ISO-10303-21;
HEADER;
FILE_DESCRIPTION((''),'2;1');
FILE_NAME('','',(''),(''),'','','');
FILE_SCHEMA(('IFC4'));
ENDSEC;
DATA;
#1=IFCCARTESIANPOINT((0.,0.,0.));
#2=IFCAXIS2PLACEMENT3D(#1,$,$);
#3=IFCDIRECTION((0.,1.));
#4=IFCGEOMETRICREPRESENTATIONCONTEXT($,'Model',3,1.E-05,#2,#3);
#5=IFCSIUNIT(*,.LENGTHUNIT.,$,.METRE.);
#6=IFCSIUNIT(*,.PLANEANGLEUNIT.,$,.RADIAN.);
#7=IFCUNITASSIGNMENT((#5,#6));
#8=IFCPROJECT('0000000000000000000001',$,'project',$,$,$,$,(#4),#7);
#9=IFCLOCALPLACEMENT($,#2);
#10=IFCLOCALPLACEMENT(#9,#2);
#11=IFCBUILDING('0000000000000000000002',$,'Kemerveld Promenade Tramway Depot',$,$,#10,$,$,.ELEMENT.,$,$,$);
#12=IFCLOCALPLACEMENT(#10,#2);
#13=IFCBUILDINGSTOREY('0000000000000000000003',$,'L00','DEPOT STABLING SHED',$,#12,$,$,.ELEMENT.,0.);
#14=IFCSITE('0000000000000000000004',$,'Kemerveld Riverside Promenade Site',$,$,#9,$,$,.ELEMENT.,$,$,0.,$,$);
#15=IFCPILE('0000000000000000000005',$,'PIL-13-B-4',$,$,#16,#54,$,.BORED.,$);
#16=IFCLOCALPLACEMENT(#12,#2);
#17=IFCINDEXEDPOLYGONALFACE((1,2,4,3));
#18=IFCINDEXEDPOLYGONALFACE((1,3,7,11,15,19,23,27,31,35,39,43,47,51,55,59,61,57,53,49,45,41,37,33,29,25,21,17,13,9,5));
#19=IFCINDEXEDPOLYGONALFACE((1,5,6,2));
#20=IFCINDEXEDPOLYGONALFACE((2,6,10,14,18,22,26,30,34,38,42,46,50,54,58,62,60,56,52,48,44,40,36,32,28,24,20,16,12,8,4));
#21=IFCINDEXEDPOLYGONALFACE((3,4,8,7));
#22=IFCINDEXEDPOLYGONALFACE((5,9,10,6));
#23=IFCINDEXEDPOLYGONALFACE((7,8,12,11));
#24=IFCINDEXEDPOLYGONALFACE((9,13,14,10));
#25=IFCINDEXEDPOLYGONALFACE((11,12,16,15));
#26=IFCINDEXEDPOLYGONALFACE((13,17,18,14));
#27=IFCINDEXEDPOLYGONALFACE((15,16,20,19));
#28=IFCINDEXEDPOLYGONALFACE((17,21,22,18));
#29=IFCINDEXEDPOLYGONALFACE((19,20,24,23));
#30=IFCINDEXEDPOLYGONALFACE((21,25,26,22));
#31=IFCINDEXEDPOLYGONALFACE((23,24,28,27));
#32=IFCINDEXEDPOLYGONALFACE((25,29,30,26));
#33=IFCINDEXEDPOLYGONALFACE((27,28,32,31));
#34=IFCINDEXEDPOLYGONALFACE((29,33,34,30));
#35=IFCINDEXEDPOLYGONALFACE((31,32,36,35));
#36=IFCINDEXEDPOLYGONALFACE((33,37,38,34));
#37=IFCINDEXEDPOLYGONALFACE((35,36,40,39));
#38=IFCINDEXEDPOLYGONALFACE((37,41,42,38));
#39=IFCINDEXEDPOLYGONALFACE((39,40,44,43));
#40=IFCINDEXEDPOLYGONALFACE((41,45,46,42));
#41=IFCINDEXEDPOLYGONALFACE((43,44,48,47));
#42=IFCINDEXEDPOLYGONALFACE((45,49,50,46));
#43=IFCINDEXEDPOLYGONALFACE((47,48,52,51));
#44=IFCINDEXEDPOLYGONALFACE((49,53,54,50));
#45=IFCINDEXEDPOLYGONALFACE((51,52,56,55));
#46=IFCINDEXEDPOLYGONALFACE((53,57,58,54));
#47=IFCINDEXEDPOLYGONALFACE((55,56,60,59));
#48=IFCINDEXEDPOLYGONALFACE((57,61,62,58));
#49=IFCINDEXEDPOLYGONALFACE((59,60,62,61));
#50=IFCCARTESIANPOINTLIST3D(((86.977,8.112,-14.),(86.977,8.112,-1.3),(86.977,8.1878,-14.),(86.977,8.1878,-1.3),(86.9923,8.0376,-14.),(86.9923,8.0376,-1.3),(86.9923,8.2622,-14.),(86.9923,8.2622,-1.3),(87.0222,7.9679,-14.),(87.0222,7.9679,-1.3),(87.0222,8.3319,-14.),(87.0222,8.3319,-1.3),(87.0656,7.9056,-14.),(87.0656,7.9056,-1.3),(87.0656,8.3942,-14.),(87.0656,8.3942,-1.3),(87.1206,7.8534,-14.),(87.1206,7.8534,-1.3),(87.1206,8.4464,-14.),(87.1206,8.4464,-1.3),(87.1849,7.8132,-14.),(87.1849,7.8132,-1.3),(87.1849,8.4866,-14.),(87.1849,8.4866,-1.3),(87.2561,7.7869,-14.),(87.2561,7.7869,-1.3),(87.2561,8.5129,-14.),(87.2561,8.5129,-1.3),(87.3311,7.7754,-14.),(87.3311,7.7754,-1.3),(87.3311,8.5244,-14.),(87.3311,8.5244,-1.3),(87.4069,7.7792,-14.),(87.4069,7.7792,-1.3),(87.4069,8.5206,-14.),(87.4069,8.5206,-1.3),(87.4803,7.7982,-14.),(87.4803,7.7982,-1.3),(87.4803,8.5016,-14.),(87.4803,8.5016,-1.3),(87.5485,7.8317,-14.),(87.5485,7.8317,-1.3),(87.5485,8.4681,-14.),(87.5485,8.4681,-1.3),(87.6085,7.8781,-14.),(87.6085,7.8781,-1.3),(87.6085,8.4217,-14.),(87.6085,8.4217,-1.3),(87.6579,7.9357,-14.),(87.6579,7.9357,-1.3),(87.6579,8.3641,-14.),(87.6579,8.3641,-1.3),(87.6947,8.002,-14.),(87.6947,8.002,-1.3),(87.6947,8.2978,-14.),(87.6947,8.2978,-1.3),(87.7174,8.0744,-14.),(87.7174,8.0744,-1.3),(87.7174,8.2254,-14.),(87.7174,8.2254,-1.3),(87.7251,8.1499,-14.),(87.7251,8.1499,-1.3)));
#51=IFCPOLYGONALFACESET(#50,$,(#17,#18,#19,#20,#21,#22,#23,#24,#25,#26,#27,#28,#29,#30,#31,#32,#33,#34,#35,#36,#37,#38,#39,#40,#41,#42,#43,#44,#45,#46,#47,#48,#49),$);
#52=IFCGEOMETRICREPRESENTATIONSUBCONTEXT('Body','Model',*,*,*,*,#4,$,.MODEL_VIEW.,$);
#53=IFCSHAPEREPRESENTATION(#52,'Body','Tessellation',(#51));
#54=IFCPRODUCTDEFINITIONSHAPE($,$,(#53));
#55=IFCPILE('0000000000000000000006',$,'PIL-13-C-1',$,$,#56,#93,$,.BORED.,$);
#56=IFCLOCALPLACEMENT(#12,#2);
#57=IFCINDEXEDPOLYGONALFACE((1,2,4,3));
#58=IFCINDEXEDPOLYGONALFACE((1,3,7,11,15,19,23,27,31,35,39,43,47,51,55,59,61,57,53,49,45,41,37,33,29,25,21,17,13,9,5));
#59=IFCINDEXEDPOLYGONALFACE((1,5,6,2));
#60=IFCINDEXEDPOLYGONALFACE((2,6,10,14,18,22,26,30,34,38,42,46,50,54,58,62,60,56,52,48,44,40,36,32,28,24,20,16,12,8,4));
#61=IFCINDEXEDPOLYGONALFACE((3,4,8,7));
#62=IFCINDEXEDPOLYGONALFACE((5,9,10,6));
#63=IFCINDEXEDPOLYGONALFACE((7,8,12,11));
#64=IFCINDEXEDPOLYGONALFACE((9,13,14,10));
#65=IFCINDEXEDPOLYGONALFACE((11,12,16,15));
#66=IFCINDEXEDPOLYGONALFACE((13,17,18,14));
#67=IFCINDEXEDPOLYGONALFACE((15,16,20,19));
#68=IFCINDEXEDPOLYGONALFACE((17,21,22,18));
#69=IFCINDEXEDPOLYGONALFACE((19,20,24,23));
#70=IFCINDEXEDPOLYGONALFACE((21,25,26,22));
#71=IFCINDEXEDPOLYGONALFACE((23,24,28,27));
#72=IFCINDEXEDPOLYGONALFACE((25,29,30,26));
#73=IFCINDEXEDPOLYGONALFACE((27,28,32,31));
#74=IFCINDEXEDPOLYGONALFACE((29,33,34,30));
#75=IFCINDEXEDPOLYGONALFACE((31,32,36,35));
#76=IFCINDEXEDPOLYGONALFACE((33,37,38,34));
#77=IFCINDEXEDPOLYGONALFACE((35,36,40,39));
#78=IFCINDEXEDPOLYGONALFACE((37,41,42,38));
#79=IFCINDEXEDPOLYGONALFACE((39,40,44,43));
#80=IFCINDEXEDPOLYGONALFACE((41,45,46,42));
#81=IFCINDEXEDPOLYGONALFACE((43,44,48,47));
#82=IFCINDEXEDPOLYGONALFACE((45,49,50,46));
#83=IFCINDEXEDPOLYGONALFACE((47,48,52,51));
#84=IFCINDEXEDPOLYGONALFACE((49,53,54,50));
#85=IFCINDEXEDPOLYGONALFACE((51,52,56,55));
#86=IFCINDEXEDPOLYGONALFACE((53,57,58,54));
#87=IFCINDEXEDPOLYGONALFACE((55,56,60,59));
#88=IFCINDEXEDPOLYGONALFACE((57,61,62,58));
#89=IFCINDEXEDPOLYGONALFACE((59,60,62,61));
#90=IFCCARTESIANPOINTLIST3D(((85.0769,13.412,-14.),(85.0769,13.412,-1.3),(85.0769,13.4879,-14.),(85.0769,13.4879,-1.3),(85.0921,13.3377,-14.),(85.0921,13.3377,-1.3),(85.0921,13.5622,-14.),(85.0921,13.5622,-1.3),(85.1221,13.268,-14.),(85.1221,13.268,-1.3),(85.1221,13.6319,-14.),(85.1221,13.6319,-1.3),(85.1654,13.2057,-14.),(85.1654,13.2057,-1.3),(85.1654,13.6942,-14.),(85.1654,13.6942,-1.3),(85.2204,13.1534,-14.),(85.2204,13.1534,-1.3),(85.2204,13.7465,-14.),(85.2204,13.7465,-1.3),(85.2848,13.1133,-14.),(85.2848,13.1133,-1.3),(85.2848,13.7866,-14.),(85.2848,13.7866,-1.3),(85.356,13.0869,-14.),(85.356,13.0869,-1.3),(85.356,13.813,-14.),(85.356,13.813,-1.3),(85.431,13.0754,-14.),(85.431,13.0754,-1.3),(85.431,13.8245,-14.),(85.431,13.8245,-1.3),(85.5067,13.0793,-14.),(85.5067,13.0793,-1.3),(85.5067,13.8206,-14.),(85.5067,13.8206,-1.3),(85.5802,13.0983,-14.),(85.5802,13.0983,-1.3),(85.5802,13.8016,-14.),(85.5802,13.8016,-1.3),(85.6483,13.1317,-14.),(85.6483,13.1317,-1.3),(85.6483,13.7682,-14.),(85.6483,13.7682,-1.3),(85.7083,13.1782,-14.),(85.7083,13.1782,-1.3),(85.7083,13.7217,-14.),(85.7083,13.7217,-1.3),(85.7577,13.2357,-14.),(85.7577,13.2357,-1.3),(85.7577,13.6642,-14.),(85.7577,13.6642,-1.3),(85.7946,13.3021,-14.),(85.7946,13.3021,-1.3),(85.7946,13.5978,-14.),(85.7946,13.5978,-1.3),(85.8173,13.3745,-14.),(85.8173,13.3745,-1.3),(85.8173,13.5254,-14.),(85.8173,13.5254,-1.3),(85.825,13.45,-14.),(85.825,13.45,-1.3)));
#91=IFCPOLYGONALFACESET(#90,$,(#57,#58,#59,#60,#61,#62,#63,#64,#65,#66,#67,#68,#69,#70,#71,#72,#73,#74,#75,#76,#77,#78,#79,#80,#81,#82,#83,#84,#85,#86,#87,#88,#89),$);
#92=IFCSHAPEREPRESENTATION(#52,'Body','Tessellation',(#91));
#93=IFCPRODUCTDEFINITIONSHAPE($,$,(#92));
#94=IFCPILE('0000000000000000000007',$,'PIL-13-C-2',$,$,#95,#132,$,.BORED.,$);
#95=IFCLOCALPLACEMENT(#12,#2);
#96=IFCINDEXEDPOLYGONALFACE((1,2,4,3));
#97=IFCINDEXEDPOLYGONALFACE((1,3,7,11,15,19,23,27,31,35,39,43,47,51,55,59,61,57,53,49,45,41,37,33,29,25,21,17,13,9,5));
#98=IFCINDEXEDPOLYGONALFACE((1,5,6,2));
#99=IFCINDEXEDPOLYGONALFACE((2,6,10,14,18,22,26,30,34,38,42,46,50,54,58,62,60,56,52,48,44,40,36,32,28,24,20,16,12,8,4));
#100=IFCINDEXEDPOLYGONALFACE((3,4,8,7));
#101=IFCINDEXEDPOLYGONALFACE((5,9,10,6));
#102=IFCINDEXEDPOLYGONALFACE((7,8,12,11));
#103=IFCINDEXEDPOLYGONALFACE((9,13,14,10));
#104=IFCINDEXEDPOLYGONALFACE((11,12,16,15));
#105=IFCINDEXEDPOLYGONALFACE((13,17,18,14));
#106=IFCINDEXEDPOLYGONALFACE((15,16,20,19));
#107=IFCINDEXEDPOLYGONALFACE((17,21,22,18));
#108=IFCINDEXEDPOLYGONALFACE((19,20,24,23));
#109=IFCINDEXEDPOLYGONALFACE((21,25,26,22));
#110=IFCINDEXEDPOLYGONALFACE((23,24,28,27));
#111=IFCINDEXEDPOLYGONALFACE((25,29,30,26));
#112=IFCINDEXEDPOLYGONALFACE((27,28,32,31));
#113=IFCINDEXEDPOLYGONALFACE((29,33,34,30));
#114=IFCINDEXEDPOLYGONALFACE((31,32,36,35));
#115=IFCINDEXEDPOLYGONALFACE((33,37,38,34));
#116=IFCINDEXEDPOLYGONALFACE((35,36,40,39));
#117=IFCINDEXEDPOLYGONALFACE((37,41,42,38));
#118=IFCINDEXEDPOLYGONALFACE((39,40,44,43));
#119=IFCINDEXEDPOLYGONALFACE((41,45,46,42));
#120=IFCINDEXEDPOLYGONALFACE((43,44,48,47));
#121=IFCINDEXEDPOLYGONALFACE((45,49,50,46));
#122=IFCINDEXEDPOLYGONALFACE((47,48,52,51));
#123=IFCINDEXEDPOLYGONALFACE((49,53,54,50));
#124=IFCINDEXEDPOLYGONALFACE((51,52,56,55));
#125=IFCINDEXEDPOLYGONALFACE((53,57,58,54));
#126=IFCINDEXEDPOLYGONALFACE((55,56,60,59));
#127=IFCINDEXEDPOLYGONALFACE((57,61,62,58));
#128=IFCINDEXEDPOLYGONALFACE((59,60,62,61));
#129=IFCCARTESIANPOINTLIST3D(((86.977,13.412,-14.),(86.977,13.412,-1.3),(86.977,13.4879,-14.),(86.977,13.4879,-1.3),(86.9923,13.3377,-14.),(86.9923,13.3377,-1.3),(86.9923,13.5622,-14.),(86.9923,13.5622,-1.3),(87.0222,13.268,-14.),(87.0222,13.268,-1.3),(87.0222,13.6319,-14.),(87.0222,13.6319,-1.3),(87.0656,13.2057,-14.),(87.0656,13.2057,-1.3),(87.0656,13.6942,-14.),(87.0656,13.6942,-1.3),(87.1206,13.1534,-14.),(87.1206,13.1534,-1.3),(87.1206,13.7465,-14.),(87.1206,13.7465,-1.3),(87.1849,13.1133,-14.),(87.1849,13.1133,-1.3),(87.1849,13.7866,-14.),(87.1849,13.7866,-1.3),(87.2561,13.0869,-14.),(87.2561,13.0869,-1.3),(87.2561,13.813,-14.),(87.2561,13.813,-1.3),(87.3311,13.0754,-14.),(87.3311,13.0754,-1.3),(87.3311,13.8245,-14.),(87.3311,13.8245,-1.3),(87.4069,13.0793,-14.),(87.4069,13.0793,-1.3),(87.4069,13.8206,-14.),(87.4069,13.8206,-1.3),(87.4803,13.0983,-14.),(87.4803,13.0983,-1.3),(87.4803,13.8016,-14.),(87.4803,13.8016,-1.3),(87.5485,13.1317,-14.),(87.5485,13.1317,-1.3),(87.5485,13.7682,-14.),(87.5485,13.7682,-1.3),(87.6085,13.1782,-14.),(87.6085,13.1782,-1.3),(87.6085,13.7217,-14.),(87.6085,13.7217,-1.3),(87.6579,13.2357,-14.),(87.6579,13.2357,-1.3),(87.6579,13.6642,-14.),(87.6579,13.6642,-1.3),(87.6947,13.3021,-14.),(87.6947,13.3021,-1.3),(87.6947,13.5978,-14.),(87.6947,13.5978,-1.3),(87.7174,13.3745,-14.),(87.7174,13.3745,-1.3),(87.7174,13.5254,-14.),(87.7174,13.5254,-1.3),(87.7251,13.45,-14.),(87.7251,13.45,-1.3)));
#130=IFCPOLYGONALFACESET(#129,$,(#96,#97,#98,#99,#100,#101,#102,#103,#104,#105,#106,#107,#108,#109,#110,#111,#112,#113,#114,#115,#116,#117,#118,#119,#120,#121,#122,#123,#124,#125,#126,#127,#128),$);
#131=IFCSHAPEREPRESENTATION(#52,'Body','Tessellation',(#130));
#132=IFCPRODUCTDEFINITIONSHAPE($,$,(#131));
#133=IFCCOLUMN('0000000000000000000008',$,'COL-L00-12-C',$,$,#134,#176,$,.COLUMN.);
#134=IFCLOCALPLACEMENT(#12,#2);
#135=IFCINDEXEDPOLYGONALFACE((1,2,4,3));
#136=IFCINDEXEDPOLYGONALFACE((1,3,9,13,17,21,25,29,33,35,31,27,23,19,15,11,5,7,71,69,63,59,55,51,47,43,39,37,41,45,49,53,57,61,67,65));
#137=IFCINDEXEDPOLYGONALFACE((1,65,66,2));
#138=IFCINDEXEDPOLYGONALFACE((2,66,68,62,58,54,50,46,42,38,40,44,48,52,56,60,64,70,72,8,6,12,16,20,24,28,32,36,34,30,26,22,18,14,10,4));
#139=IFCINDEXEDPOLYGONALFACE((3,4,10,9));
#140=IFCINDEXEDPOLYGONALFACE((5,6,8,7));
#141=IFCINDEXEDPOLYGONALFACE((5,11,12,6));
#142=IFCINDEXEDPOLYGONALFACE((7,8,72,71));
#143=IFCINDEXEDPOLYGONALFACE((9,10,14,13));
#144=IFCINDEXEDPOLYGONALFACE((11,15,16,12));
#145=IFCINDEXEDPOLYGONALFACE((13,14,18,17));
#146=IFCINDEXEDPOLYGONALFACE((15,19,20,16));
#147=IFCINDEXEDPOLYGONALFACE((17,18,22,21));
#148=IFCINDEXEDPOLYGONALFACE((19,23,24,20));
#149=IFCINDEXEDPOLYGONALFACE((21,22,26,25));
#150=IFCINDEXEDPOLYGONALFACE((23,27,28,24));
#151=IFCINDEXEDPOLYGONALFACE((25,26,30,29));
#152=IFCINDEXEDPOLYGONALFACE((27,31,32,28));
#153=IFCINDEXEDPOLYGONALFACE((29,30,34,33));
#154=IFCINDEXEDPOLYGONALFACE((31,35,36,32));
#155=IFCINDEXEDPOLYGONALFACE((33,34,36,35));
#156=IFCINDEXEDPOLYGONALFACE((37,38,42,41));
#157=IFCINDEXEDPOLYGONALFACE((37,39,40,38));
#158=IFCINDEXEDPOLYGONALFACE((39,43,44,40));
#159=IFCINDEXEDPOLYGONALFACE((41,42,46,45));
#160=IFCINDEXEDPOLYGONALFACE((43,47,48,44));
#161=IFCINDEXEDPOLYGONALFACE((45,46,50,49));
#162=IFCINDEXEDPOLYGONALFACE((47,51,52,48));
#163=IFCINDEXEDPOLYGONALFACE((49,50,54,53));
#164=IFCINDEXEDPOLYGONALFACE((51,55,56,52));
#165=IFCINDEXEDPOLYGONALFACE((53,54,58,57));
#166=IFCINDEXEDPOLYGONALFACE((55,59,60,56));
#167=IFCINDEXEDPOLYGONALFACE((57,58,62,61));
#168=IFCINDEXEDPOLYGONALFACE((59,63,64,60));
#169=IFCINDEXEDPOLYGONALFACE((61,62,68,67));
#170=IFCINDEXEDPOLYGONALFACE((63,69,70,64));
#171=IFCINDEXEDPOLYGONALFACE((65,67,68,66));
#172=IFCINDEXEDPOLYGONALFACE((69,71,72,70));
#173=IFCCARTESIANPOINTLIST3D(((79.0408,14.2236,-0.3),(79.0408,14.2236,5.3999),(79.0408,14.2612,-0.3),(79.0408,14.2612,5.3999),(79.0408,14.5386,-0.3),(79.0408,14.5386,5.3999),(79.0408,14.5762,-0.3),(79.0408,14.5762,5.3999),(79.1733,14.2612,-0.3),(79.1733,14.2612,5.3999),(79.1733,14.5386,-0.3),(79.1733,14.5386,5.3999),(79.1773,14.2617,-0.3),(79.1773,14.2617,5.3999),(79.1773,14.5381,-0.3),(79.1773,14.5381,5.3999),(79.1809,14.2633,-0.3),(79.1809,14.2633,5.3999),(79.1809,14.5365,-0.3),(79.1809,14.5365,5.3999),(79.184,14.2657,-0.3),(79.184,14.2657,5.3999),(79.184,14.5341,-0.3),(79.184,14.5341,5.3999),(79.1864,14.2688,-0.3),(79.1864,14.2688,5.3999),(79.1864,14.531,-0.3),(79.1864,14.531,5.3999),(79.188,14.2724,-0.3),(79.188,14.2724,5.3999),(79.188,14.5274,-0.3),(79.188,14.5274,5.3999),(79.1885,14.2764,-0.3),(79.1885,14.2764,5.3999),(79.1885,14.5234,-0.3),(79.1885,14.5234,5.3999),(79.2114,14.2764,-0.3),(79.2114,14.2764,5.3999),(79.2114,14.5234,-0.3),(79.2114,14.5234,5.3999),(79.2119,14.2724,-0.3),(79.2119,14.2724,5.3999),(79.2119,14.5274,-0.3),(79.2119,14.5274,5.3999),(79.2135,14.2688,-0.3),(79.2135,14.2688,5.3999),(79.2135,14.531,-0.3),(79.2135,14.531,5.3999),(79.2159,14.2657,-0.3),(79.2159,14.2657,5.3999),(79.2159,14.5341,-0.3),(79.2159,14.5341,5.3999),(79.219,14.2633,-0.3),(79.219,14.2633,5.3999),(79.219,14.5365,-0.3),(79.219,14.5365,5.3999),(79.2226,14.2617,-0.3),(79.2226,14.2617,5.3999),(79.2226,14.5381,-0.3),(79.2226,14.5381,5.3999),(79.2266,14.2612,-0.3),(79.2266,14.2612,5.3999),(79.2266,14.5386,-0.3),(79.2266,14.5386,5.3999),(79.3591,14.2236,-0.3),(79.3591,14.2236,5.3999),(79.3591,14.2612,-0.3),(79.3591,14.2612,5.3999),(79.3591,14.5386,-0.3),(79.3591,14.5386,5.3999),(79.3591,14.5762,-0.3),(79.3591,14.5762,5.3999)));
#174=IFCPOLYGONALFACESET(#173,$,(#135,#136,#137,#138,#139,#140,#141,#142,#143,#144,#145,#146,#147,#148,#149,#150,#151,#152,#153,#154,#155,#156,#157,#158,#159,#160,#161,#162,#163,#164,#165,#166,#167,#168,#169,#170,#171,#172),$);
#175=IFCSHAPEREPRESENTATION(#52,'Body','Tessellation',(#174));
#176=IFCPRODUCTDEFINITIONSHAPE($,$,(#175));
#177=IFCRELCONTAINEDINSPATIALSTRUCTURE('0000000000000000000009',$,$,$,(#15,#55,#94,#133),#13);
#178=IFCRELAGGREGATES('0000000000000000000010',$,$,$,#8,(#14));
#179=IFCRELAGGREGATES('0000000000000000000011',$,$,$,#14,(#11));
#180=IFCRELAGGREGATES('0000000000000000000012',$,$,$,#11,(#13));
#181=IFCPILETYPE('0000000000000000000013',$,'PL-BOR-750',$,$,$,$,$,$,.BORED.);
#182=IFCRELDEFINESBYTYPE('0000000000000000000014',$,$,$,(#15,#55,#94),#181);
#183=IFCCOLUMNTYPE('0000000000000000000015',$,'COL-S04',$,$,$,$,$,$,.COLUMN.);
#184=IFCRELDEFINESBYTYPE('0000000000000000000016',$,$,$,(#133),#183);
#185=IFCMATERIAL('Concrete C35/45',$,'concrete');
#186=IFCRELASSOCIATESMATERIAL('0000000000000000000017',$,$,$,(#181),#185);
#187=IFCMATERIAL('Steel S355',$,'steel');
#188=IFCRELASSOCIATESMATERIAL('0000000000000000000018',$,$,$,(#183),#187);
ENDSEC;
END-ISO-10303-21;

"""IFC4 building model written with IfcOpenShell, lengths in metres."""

from ifc_helpers import new_model, si_unit, direction, frame, origin, origin_2d, place, context, subcontext, project, spatial, circle, i_section, extrude, material, material_profile, profile_set, type_object, element, save


model = new_model("IFC4")

# Units and contexts
model_context = context("Model", 3, precision=1e-05, world=origin(), true_north=direction((0.0, 1.0)))
body_context = subcontext(model_context, "Body", "Model", "MODEL_VIEW")
ifc_project = project(units=[si_unit("LENGTHUNIT", "METRE"), si_unit("PLANEANGLEUNIT", "RADIAN")], contexts=[model_context])

# Site, building, storey
site_placement = place(None, origin())
site = spatial("IfcSite", under=ifc_project, at=site_placement, Name="Kemerveld Riverside Promenade Site", CompositionType="ELEMENT", RefElevation=0.0)
building_placement = place(site_placement, origin())
building = spatial("IfcBuilding", under=site, at=building_placement, Name="Kemerveld Promenade Tramway Depot", CompositionType="ELEMENT")
storey_placement = place(building_placement, origin())
storey = spatial("IfcBuildingStorey", under=building, at=storey_placement, Name="L00", Description="DEPOT STABLING SHED", CompositionType="ELEMENT", Elevation=0.0)

# Shared definitions
ifc_material_1 = material(Name="Concrete C35/45", Category="concrete")

# Piles
ifc_material_profile_1 = material_profile(ifc_material_1, circle(Radius=0.375, at=origin_2d()), Name="PILE-D750")
ifc_profile_set_1 = profile_set([ifc_material_profile_1], Name="Concrete C35/45")
pile_type = type_object("IfcPileType", Name="PL-BOR-750", PredefinedType="BORED", material=ifc_profile_set_1)
for number, where, z_axis, x_axis, name in (
    (1, (87.3501, 8.1499, -1.3), (0.0, 0.0, -1.0), (1.0, 0.0, 0.0), "PIL-13-B-4"),
    (2, (85.45, 13.45, -1.3), (0.0, 0.0, -1.0), (1.0, 0.0, 0.0), "PIL-13-C-1"),
    (3, (87.3501, 13.45, -1.3), (0.0, 0.0, -1.0), (1.0, 0.0, 0.0), "PIL-13-C-2"),
):
    element("IfcPile", number, at=place(storey_placement, frame(where, z_axis=z_axis, x_axis=x_axis)), inside=storey, type_object=pile_type, Name=name, PredefinedType="BORED", context=body_context, shape_type="SweptSolid", body=[
        extrude(circle(Radius=0.375, at=origin_2d()), origin(), (0.0, 0.0, 1.0), 12.7),
    ])

# Column
ifc_material_2 = material(Name="Steel S355", Category="steel")
ifc_material_profile_2 = material_profile(ifc_material_2, i_section(OverallWidth=0.3184, OverallDepth=0.3525, WebThickness=0.0229, FlangeThickness=0.0376, FilletRadius=0.0151, at=origin_2d()), Name="305x305x240 UC")
ifc_profile_set_2 = profile_set([ifc_material_profile_2], Name="Steel S355")
column_type = type_object("IfcColumnType", Name="COL-S04", PredefinedType="COLUMN", material=ifc_profile_set_2)
for number, where, z_axis, x_axis, name in (
    (4, (79.2, 14.3999, -0.3), (0.0, 0.0, 1.0), (1.0, 0.0, 0.0), "COL-L00-12-C"),
):
    element("IfcColumn", number, at=place(storey_placement, frame(where, z_axis=z_axis, x_axis=x_axis)), inside=storey, type_object=column_type, Name=name, PredefinedType="COLUMN", context=body_context, shape_type="SweptSolid", body=[
        extrude(i_section(OverallWidth=0.3184, OverallDepth=0.3525, WebThickness=0.0229, FlangeThickness=0.0376, FilletRadius=0.0151, at=origin_2d()), origin(), (0.0, 0.0, 1.0), 5.7),
    ])

save(model, "model.ifc")
